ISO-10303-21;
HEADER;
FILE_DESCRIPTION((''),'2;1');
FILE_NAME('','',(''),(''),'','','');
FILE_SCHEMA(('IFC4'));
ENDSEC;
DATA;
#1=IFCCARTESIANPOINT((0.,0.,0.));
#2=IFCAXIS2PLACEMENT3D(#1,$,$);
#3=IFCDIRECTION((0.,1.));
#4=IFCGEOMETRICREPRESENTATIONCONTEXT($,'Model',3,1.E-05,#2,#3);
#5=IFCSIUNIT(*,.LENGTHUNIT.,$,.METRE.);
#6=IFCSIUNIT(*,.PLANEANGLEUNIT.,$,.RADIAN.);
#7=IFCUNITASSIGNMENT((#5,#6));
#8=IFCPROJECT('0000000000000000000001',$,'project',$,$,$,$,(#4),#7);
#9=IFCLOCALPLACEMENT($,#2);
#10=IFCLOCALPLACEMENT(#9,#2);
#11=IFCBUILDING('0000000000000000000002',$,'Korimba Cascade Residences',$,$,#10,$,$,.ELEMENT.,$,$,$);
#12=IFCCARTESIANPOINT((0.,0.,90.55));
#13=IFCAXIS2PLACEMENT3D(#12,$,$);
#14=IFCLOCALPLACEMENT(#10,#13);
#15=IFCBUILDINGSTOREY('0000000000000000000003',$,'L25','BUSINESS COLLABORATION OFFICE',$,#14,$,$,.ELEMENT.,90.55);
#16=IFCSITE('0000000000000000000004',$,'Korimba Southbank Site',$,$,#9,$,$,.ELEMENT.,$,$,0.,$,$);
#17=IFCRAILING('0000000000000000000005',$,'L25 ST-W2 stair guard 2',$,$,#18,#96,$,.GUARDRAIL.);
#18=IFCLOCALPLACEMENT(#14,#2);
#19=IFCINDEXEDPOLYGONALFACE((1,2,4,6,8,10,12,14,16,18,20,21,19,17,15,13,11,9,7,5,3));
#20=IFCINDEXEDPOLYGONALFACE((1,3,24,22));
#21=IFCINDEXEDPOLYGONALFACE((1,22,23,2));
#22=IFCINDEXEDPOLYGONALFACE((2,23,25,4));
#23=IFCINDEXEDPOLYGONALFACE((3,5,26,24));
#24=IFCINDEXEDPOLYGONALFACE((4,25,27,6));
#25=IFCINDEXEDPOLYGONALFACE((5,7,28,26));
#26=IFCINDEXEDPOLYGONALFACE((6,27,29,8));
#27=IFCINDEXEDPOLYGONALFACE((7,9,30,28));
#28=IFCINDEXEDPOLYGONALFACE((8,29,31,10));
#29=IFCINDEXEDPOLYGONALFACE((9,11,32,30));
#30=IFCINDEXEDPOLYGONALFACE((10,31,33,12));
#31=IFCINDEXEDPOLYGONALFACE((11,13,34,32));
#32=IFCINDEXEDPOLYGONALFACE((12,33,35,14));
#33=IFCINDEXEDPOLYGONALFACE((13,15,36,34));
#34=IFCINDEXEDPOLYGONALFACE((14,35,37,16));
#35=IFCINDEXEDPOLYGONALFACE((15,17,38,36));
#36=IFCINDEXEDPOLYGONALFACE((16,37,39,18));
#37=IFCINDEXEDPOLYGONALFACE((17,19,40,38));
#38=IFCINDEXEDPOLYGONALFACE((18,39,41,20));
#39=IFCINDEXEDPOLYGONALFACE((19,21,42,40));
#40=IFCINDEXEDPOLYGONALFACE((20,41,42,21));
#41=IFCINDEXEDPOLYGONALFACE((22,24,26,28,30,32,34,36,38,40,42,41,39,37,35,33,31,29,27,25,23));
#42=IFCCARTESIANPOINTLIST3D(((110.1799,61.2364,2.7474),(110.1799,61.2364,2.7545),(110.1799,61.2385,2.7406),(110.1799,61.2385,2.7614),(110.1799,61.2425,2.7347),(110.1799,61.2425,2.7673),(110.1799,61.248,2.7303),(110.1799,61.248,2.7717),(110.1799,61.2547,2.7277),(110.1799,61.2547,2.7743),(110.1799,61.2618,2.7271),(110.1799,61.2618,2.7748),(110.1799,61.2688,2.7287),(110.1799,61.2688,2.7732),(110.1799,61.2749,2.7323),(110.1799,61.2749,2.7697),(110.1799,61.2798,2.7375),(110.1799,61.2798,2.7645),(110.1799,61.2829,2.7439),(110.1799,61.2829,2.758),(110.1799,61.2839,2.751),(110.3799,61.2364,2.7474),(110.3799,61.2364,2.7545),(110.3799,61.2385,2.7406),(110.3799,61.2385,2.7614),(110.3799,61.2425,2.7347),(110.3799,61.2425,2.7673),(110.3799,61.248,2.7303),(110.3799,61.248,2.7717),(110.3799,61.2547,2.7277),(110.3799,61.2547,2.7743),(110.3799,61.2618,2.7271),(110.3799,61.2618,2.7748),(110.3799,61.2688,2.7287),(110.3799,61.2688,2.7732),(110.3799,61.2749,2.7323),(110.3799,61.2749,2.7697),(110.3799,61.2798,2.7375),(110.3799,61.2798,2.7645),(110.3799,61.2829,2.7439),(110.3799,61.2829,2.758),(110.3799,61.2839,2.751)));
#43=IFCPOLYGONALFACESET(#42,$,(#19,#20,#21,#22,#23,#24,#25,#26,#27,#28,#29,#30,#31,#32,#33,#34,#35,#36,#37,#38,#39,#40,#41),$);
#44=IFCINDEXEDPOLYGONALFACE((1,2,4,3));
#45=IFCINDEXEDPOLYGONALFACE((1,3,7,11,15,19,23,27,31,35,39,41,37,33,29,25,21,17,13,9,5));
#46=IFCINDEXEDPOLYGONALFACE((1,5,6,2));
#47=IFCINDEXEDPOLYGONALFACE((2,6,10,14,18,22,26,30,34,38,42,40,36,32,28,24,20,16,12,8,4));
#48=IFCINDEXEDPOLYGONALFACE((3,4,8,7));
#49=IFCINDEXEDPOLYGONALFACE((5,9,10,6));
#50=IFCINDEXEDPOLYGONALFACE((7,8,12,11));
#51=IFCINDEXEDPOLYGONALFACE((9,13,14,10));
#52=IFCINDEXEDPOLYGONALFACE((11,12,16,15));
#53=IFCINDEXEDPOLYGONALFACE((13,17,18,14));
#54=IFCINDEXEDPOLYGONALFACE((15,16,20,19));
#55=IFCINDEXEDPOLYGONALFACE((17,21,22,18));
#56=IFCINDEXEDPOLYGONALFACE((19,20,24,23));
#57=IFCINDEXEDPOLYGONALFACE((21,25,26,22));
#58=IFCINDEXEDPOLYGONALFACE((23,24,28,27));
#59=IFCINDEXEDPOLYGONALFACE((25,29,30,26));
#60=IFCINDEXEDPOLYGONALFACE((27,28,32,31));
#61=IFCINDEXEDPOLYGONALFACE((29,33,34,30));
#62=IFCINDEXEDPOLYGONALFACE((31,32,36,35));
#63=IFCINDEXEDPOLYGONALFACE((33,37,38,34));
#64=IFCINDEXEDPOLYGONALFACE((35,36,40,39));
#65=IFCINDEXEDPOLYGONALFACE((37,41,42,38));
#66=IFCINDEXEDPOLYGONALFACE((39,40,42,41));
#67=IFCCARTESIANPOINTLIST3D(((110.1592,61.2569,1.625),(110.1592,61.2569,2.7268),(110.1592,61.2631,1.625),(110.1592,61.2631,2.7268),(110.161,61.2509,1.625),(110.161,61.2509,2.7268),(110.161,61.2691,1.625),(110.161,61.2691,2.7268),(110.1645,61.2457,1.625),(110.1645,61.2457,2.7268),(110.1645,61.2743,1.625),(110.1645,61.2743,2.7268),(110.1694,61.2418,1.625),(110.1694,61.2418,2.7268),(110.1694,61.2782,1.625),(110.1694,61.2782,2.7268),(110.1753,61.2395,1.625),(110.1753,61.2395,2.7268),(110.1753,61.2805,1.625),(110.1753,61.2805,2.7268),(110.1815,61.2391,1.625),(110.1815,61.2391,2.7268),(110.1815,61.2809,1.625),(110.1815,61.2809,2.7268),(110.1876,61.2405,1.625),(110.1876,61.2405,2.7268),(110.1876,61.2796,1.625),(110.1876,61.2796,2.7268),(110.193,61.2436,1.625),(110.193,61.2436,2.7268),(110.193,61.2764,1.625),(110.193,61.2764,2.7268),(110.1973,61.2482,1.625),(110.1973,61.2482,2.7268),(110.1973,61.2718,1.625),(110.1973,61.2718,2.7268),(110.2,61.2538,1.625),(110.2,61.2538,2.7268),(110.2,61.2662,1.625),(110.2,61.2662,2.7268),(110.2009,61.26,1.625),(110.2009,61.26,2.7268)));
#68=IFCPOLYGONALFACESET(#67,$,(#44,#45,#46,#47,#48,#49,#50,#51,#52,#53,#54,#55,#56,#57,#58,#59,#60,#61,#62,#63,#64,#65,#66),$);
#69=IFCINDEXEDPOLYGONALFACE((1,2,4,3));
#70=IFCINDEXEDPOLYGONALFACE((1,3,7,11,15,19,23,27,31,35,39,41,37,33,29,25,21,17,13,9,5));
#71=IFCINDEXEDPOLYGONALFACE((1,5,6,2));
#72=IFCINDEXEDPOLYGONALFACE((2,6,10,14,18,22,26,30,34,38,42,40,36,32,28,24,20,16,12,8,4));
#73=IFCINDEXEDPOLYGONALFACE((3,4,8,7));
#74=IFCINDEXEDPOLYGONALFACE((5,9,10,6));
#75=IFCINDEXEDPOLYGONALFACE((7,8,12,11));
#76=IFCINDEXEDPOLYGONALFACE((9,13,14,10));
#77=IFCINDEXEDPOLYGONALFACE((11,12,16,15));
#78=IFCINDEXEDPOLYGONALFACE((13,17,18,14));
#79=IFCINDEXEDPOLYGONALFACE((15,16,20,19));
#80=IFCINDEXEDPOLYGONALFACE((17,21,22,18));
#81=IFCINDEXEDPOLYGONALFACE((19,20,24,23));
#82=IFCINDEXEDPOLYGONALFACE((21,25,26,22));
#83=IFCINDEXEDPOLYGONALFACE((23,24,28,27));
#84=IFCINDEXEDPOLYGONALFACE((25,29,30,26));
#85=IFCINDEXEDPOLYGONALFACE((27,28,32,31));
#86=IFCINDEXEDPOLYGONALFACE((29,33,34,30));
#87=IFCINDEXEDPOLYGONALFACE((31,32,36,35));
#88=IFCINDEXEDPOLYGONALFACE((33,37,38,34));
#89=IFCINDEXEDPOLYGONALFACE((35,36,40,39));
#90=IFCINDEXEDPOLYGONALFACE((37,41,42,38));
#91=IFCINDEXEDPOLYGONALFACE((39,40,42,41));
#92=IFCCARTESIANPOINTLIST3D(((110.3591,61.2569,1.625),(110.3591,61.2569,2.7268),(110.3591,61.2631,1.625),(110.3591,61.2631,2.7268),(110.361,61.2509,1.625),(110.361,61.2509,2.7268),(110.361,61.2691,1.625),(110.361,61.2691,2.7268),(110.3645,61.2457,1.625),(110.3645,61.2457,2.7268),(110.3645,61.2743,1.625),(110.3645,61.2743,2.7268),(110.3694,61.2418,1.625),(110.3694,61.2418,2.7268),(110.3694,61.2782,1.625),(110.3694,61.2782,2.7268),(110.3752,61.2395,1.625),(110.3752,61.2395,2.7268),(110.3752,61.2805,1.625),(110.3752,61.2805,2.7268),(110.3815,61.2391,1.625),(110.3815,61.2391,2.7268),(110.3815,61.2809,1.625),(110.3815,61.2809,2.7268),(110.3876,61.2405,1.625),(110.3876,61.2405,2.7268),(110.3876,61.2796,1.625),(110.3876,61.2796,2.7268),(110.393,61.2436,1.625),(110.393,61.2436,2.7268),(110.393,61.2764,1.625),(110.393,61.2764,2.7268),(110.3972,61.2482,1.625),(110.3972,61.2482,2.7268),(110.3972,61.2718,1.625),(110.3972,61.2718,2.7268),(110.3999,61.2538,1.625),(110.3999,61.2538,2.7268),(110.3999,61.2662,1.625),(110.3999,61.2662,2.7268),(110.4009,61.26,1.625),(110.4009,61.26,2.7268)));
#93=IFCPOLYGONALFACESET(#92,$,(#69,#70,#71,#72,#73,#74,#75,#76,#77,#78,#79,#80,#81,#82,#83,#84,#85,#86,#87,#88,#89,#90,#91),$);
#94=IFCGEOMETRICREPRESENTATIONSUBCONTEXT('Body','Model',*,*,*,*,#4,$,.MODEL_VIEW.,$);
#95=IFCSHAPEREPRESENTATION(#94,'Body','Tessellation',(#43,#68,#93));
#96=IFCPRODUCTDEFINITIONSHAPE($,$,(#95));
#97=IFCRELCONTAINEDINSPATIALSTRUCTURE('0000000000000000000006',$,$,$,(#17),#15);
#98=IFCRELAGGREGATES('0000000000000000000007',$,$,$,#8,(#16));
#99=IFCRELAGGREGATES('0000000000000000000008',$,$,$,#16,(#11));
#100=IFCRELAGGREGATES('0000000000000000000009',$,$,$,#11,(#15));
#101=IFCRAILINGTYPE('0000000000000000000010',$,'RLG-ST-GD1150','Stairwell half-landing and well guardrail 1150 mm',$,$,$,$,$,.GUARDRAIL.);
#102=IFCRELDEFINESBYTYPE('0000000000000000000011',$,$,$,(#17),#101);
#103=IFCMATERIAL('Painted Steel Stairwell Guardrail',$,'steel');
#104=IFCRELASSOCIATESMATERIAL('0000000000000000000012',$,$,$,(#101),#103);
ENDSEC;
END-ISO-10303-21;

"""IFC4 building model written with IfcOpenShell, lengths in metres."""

from ifc_helpers import new_model, si_unit, direction, frame, origin, origin_2d, place, context, subcontext, project, spatial, circle, extrude, material, type_object, element, save


model = new_model("IFC4")

# Units and contexts
model_context = context("Model", 3, precision=1e-05, world=origin(), true_north=direction((0.0, 1.0)))
body_context = subcontext(model_context, "Body", "Model", "MODEL_VIEW")
ifc_project = project(units=[si_unit("LENGTHUNIT", "METRE"), si_unit("PLANEANGLEUNIT", "RADIAN")], contexts=[model_context])

# Site, building, storey
site_placement = place(None, origin())
site = spatial("IfcSite", under=ifc_project, at=site_placement, Name="Korimba Southbank Site", CompositionType="ELEMENT", RefElevation=0.0)
building_placement = place(site_placement, origin())
building = spatial("IfcBuilding", under=site, at=building_placement, Name="Korimba Cascade Residences", CompositionType="ELEMENT")
storey_placement = place(building_placement, frame((0.0, 0.0, 90.55)))
storey = spatial("IfcBuildingStorey", under=building, at=storey_placement, Name="L25", Description="BUSINESS COLLABORATION OFFICE", CompositionType="ELEMENT", Elevation=90.55)

# Railing
ifc_material_1 = material(Name="Painted Steel Stairwell Guardrail", Category="steel")
railing_type_1 = type_object("IfcRailingType", Name="RLG-ST-GD1150", Description="Stairwell half-landing and well guardrail 1150 mm", PredefinedType="GUARDRAIL", material=ifc_material_1)
railing_1_placement = place(storey_placement, frame((110.1799, 61.26, 1.625)))
element("IfcRailing", 1, at=railing_1_placement, inside=storey, type_object=railing_type_1, Name="L25 ST-W2 stair guard 2", PredefinedType="GUARDRAIL", context=body_context, shape_type="SweptSolid", body=[
    extrude(circle(Radius=0.0239, at=origin_2d()), frame((0.0, 0.0, 1.126), z_axis=(1.0, 0.0, 0.0), x_axis=(0.0, 1.0, 0.0)), (0.0, 0.0, 1.0), 0.2),
    extrude(circle(Radius=0.021, at=origin_2d()), origin(), (0.0, 0.0, 1.0), 1.1018),
    extrude(circle(Radius=0.021, at=origin_2d()), frame((0.2, 0.0, 0.0)), (0.0, 0.0, 1.0), 1.1018),
])

save(model, "model.ifc")
